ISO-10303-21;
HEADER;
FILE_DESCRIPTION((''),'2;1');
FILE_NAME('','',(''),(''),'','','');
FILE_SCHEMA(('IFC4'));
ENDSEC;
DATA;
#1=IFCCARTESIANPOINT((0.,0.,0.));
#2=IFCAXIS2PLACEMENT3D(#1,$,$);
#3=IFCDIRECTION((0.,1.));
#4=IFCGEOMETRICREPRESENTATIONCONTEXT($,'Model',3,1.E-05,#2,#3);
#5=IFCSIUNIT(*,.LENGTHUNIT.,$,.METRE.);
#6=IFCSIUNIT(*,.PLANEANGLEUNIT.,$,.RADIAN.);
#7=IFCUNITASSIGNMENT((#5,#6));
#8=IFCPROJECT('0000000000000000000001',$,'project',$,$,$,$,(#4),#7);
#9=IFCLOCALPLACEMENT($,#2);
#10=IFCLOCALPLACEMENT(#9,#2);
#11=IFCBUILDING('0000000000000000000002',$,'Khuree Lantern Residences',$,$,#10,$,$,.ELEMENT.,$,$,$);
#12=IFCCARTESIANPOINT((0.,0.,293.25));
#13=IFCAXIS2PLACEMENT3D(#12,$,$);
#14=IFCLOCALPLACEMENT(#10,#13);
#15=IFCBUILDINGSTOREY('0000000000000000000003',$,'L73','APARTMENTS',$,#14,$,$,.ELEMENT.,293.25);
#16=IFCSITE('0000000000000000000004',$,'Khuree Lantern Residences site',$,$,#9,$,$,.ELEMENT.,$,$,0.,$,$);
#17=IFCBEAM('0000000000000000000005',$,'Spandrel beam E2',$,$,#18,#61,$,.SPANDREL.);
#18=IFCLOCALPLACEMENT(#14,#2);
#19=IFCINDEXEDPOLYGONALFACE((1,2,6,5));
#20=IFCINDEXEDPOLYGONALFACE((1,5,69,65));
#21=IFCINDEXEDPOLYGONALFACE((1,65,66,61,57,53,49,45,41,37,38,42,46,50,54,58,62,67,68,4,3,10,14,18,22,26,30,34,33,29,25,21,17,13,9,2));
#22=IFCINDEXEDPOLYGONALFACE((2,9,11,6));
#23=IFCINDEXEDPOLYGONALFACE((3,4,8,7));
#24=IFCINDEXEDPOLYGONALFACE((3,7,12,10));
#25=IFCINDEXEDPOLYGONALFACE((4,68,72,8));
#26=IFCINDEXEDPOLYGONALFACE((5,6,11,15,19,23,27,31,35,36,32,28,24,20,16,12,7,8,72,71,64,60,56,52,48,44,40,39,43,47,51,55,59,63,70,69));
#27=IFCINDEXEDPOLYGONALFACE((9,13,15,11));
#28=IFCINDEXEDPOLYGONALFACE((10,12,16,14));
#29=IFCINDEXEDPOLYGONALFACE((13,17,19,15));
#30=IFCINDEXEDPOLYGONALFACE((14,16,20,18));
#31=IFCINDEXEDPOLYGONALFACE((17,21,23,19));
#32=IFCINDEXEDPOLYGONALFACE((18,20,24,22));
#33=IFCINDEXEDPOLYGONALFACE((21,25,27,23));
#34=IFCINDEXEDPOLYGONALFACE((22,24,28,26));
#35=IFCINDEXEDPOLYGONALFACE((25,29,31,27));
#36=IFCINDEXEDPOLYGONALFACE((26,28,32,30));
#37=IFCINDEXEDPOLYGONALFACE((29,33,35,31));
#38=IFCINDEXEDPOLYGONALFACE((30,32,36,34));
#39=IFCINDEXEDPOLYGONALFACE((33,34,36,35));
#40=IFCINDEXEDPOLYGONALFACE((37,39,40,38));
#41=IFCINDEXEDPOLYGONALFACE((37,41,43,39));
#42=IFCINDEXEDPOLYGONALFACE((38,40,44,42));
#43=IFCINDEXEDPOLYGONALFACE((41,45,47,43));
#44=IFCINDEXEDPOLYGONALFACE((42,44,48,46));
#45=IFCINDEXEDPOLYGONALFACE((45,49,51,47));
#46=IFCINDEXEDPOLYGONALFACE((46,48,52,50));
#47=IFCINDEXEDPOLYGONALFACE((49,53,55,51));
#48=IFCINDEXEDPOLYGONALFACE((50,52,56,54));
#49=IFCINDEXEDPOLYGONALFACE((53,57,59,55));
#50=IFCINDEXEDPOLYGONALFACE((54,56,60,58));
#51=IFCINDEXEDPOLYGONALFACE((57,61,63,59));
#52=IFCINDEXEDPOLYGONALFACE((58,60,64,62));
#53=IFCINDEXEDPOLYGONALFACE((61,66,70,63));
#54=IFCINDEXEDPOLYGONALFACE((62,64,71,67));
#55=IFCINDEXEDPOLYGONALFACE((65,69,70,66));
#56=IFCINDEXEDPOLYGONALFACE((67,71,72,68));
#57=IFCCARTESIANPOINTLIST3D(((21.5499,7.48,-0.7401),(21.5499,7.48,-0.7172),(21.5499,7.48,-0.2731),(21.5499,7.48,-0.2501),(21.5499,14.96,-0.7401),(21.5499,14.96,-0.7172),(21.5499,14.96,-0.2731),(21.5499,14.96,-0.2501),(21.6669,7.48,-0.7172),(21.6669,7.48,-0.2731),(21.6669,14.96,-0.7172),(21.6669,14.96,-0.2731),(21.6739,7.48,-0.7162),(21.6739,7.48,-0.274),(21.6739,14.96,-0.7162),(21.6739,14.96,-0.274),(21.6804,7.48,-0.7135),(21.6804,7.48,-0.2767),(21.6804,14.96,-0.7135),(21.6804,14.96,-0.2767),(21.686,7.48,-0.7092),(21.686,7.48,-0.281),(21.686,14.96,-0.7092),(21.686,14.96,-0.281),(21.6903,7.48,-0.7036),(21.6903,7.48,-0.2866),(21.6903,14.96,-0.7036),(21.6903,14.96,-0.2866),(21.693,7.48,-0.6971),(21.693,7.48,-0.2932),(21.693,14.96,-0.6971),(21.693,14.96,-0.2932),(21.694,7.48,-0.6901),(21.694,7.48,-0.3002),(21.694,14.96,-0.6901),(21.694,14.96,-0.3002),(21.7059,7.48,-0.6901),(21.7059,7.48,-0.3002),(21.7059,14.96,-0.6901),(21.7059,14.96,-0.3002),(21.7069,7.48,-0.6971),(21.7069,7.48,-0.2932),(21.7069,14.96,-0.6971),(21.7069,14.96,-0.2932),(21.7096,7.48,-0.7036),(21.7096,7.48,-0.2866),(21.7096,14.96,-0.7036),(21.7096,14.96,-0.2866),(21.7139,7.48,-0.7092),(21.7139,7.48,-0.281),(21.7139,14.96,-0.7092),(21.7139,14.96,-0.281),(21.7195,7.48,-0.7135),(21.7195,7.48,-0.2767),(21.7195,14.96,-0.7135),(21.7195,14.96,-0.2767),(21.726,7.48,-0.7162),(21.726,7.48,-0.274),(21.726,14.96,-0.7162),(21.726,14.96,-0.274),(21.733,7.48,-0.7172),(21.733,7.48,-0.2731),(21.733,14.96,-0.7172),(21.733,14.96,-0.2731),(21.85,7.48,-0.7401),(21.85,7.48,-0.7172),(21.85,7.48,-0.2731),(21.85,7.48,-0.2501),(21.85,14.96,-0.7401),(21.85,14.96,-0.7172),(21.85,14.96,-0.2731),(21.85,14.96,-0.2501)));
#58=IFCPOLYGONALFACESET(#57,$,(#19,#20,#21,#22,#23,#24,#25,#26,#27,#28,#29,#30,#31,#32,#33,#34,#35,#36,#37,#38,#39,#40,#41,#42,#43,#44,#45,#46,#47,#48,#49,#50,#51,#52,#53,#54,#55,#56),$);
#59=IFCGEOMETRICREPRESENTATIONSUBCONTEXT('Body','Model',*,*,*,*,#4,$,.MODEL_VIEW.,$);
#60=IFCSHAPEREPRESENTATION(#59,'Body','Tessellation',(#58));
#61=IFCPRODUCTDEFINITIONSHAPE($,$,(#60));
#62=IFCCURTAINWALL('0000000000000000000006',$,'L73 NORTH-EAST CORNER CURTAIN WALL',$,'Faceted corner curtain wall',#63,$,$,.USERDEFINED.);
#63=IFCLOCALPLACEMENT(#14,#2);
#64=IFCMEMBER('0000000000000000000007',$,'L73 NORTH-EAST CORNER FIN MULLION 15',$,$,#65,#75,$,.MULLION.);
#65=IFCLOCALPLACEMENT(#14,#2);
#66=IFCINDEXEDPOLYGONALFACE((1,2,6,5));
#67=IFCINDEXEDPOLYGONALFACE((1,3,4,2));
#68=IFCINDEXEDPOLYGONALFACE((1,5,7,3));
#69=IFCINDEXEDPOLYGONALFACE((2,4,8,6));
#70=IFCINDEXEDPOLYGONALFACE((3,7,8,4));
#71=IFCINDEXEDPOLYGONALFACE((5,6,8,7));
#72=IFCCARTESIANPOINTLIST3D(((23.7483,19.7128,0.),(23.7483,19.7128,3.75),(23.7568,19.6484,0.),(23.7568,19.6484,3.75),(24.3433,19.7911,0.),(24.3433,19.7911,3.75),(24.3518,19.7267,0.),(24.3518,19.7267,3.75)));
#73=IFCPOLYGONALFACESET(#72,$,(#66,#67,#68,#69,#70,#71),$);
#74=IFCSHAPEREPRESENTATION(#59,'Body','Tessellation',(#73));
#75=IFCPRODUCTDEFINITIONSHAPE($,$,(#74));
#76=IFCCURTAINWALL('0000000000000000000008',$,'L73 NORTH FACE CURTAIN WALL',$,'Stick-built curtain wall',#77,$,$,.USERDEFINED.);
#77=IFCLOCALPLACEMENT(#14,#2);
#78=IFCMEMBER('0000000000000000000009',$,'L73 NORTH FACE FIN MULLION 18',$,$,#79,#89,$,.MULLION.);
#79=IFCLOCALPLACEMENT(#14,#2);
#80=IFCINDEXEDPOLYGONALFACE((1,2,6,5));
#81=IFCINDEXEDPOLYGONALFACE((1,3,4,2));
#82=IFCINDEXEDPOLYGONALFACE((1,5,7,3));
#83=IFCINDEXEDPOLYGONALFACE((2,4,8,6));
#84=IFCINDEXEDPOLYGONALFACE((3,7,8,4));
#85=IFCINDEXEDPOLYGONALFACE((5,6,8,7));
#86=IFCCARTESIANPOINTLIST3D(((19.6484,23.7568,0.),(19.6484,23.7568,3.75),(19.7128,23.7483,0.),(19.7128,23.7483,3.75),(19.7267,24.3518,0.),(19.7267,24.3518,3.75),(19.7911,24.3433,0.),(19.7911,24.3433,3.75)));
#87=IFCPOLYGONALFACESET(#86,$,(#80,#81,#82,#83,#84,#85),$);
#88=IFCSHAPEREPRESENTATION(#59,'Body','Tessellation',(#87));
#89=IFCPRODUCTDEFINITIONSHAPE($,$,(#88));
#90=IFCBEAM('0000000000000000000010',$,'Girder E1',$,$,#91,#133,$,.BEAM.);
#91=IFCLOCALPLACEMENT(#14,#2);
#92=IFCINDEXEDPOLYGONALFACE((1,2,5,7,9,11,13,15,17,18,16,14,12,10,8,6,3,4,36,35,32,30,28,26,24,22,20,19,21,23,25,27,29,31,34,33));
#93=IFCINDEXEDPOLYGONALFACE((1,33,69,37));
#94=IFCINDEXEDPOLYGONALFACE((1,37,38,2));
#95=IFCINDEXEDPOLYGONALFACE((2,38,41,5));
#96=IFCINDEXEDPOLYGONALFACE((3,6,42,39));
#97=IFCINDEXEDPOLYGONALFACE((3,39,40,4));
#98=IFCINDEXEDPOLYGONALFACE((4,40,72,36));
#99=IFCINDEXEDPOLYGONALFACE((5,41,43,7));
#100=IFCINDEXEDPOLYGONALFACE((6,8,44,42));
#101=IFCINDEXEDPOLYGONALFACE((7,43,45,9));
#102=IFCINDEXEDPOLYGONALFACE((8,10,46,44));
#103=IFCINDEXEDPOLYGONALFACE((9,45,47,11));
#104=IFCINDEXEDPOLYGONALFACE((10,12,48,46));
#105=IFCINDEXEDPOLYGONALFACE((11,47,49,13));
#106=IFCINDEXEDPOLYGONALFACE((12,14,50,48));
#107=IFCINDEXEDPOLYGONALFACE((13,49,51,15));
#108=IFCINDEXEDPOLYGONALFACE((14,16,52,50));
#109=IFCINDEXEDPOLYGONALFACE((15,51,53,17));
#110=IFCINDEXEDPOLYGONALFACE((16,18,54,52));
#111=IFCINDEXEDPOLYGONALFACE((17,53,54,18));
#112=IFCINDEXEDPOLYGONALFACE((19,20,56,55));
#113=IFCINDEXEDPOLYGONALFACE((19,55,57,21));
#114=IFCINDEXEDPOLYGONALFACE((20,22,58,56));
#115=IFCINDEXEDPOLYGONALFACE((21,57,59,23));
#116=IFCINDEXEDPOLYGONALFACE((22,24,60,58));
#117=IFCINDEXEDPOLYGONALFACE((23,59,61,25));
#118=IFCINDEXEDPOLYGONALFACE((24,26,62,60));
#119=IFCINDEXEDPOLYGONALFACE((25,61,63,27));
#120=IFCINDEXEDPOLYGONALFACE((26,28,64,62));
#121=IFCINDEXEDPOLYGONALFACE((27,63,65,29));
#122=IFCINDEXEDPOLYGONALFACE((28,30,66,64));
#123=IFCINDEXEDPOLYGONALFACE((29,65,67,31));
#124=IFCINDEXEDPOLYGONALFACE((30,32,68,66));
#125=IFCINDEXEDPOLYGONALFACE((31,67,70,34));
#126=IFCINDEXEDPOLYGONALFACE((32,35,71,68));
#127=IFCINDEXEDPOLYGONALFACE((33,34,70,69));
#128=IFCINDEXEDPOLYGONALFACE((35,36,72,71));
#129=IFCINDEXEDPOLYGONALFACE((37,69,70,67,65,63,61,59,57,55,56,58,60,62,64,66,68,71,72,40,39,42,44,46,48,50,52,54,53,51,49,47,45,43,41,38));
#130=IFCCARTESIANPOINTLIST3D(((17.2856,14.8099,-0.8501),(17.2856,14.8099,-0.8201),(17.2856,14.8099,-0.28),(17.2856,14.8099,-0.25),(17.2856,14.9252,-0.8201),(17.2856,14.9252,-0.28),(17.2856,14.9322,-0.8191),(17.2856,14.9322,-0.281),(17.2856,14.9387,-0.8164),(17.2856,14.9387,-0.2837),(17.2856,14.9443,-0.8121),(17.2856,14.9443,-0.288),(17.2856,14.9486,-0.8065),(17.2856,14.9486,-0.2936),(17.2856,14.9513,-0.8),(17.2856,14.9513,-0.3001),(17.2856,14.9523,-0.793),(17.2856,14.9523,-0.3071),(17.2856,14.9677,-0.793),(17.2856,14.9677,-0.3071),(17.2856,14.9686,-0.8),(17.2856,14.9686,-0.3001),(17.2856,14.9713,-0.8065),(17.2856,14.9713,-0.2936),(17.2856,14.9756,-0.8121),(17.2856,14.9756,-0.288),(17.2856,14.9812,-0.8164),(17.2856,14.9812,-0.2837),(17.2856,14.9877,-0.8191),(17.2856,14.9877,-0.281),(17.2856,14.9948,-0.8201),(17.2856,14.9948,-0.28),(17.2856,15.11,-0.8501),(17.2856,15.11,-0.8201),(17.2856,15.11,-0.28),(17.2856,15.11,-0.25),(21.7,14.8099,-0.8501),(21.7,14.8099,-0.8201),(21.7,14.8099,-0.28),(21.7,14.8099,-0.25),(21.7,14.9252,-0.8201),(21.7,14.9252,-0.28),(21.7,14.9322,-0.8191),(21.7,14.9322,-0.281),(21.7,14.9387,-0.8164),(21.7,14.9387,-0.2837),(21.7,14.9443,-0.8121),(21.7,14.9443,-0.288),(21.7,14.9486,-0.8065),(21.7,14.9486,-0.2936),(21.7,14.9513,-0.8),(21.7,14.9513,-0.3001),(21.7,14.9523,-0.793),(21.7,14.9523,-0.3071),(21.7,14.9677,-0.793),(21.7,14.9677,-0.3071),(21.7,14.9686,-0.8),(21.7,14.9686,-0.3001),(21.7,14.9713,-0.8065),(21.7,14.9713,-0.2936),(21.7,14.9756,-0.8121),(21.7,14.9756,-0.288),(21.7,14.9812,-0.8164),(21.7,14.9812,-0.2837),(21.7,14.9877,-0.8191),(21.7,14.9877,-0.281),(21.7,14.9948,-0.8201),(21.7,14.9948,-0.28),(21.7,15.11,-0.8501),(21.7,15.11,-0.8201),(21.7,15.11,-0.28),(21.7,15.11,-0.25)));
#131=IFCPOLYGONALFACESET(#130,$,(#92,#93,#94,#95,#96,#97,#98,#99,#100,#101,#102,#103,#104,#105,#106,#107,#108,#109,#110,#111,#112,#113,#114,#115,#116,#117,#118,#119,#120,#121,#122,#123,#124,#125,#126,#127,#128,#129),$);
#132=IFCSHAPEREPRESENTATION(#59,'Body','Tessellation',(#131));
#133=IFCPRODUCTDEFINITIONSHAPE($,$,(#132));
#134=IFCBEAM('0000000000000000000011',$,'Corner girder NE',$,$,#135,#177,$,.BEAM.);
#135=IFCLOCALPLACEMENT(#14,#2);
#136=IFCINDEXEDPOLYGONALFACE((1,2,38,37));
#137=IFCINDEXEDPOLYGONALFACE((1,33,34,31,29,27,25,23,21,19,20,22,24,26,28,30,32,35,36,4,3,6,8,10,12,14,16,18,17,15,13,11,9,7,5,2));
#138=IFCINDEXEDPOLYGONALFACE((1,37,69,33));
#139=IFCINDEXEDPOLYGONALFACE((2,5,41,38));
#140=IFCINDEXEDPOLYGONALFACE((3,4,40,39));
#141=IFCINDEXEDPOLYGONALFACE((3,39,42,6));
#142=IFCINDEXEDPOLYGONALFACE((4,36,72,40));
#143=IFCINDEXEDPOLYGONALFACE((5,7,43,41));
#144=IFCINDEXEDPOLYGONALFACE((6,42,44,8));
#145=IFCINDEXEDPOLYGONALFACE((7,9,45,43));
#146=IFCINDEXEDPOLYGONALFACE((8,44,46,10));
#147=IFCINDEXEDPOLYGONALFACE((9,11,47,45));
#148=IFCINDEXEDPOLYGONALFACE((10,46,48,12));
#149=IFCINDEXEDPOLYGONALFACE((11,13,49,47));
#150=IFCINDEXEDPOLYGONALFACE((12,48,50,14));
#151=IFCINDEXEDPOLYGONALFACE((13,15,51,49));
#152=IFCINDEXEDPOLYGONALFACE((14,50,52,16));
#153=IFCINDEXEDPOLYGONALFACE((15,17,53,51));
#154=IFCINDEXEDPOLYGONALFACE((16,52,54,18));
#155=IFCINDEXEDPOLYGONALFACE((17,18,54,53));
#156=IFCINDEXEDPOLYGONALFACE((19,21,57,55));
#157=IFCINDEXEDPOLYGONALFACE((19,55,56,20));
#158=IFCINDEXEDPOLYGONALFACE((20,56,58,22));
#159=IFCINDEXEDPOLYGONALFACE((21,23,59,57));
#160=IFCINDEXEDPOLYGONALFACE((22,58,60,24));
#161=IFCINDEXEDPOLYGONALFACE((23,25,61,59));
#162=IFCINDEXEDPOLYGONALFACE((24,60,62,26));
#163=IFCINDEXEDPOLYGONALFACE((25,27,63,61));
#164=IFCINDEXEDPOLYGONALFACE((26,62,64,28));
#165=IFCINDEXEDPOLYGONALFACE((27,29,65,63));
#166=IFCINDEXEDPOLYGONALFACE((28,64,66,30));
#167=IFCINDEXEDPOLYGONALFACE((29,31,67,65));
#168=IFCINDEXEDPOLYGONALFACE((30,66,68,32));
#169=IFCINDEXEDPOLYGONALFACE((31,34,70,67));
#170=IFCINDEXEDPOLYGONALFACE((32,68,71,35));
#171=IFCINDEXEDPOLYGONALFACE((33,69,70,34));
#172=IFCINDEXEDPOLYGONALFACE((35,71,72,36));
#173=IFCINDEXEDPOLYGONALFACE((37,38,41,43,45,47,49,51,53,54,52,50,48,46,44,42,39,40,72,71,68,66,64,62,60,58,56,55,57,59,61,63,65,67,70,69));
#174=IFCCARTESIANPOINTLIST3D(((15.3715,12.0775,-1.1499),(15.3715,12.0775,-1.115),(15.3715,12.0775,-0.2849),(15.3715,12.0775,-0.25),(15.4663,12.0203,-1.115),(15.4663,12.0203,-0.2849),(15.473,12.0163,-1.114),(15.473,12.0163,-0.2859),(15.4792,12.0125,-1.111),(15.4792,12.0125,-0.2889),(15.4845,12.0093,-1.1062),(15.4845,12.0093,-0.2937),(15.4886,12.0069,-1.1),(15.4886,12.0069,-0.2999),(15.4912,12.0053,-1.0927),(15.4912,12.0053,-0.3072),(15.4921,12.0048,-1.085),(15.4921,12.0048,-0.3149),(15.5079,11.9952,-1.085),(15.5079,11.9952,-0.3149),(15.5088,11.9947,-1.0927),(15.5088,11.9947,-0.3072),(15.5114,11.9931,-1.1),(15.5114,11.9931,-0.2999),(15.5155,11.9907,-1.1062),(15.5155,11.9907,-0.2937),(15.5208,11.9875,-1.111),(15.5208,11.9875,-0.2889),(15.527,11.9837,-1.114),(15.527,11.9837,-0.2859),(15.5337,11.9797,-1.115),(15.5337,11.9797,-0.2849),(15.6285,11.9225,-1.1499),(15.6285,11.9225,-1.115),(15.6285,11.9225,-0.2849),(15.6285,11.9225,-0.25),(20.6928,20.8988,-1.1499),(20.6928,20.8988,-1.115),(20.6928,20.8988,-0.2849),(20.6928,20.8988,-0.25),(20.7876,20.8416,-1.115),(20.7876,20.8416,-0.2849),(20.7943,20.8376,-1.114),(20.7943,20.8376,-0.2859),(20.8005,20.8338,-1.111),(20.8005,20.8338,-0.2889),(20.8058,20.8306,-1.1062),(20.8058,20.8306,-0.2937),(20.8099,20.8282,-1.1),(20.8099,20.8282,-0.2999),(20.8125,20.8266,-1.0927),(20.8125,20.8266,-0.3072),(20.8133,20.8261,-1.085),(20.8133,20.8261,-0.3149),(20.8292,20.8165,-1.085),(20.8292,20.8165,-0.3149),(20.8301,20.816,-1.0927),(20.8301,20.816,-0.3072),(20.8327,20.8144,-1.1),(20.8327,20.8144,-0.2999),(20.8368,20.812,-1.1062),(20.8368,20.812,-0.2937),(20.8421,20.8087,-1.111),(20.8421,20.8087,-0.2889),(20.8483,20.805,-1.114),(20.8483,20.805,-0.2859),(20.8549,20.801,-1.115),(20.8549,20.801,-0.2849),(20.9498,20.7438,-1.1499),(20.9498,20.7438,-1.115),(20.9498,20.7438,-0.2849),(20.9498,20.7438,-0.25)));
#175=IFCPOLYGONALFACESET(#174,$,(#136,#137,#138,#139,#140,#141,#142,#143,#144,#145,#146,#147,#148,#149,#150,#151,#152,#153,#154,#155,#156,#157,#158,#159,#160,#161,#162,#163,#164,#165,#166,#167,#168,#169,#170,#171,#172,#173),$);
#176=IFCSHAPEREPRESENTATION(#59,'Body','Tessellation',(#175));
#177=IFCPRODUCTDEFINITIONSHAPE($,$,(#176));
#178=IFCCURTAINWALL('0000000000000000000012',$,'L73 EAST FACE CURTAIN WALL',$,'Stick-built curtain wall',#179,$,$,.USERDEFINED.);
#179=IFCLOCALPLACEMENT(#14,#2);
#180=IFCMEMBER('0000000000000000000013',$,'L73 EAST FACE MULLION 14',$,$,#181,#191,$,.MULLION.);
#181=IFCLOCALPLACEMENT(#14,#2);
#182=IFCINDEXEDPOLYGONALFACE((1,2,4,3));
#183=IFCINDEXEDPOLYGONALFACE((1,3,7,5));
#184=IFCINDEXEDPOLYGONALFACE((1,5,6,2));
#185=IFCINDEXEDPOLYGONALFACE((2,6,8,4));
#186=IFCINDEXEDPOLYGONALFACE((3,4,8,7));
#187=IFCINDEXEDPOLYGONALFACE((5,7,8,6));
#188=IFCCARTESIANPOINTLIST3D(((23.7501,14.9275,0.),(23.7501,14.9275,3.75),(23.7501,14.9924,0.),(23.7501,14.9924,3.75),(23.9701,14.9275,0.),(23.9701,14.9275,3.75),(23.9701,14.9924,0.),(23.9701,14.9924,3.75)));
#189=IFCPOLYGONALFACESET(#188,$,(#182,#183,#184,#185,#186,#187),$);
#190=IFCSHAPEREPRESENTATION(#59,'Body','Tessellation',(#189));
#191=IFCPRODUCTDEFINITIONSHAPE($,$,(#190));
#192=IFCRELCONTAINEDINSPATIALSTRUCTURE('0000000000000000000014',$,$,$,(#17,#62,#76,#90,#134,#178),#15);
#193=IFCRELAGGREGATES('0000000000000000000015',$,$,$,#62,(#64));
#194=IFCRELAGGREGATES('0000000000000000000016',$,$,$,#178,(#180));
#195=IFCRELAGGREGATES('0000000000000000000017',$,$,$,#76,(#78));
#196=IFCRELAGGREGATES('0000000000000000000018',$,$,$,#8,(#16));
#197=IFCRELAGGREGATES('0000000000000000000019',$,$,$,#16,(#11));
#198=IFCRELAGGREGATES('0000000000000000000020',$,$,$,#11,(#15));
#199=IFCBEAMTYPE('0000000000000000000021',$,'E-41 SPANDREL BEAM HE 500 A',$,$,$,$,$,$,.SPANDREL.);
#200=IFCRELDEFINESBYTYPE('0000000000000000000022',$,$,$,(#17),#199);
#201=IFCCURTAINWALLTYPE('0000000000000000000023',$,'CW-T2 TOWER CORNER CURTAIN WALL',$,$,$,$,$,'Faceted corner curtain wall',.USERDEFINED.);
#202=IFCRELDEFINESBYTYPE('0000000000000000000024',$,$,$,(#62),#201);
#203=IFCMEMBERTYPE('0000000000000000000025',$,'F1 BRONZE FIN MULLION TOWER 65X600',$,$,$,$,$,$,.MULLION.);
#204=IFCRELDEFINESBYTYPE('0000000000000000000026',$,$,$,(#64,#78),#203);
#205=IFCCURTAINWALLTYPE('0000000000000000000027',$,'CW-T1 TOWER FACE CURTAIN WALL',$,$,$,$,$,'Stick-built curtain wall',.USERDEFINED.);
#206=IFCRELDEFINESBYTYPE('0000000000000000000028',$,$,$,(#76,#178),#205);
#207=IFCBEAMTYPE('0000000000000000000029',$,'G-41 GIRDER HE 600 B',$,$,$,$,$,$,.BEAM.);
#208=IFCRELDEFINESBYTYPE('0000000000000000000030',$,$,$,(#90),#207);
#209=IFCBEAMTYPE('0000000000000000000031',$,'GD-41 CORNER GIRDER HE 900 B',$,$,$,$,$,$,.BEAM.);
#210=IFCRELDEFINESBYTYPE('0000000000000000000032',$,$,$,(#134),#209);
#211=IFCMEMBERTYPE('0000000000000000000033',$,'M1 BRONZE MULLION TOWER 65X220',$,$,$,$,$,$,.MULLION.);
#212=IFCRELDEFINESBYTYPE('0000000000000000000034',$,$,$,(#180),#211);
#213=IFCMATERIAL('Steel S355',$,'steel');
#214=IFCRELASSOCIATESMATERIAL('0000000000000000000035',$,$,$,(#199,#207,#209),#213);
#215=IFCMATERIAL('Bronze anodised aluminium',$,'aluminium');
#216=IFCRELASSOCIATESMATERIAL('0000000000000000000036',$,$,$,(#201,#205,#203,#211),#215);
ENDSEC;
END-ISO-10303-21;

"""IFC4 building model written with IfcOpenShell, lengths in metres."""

from ifc_helpers import new_model, si_unit, direction, frame, origin, origin_2d, place, context, subcontext, project, spatial, rectangle, i_section, extrude, material, material_profile, profile_set, type_object, element, aggregate, save


model = new_model("IFC4")

# Units and contexts
model_context = context("Model", 3, precision=1e-05, world=origin(), true_north=direction((0.0, 1.0)))
body_context = subcontext(model_context, "Body", "Model", "MODEL_VIEW")
ifc_project = project(units=[si_unit("LENGTHUNIT", "METRE"), si_unit("PLANEANGLEUNIT", "RADIAN")], contexts=[model_context])

# Site, building, storey
site_placement = place(None, origin())
site = spatial("IfcSite", under=ifc_project, at=site_placement, Name="Khuree Lantern Residences site", CompositionType="ELEMENT", RefElevation=0.0)
building_placement = place(site_placement, origin())
building = spatial("IfcBuilding", under=site, at=building_placement, Name="Khuree Lantern Residences", CompositionType="ELEMENT")
storey_placement = place(building_placement, frame((0.0, 0.0, 293.25)))
storey = spatial("IfcBuildingStorey", under=building, at=storey_placement, Name="L73", Description="APARTMENTS", CompositionType="ELEMENT", Elevation=293.25)

# Beam
ifc_material_1 = material(Name="Steel S355", Category="steel")
ifc_material_profile_1 = material_profile(ifc_material_1, i_section(OverallWidth=0.3, OverallDepth=0.49, WebThickness=0.012, FlangeThickness=0.0229, FilletRadius=0.0271, at=origin_2d()), Name="HE 500 A")
ifc_profile_set_1 = profile_set([ifc_material_profile_1], Name="Steel S355")
beam_type_1 = type_object("IfcBeamType", Name="E-41 SPANDREL BEAM HE 500 A", PredefinedType="SPANDREL", material=ifc_profile_set_1)
beam_1_placement = place(storey_placement, frame((21.7, 14.96, -0.4951), z_axis=(0.0, -1.0, 0.0), x_axis=(1.0, 0.0, 0.0)))
element("IfcBeam", 1, at=beam_1_placement, inside=storey, type_object=beam_type_1, Name="Spandrel beam E2", PredefinedType="SPANDREL", context=body_context, shape_type="SweptSolid", body=[
    extrude(i_section(OverallWidth=0.3, OverallDepth=0.49, WebThickness=0.012, FlangeThickness=0.0229, FilletRadius=0.0271, at=origin_2d()), origin(), (0.0, 0.0, 1.0), 7.48),
])

# Curtain walls, members
ifc_material_2 = material(Name="Bronze anodised aluminium", Category="aluminium")
curtain_wall_type_1 = type_object("IfcCurtainWallType", Name="CW-T2 TOWER CORNER CURTAIN WALL", ElementType="Faceted corner curtain wall", PredefinedType="USERDEFINED", material=ifc_material_2)
curtain_wall_1_placement = place(storey_placement, origin())
curtain_wall_1 = element("IfcCurtainWall", 2, at=curtain_wall_1_placement, inside=storey, type_object=curtain_wall_type_1, Name="L73 NORTH-EAST CORNER CURTAIN WALL", ObjectType="Faceted corner curtain wall", PredefinedType="USERDEFINED")
ifc_material_profile_2 = material_profile(ifc_material_2, rectangle(XDim=0.0649, YDim=0.6001, at=origin_2d()), Name="F1 65X600")
ifc_profile_set_2 = profile_set([ifc_material_profile_2], Name="Bronze anodised aluminium")
member_type_1 = type_object("IfcMemberType", Name="F1 BRONZE FIN MULLION TOWER 65X600", PredefinedType="MULLION", material=ifc_profile_set_2)
member_1_placement = place(storey_placement, frame((24.05, 19.7197, 0.0), z_axis=(0.0, 0.0, 1.0), x_axis=(-0.130526, 0.991445, 0.0)))
member_1 = element("IfcMember", 3, at=member_1_placement, type_object=member_type_1, Name="L73 NORTH-EAST CORNER FIN MULLION 15", PredefinedType="MULLION", context=body_context, shape_type="SweptSolid", body=[
    extrude(rectangle(XDim=0.0649, YDim=0.6001, at=origin_2d()), origin(), (0.0, 0.0, 1.0), 3.75),
])
curtain_wall_type_2 = type_object("IfcCurtainWallType", Name="CW-T1 TOWER FACE CURTAIN WALL", ElementType="Stick-built curtain wall", PredefinedType="USERDEFINED", material=ifc_material_2)
curtain_wall_2_placement = place(storey_placement, origin())
curtain_wall_2 = element("IfcCurtainWall", 4, at=curtain_wall_2_placement, inside=storey, type_object=curtain_wall_type_2, Name="L73 NORTH FACE CURTAIN WALL", ObjectType="Stick-built curtain wall", PredefinedType="USERDEFINED")
member_2_placement = place(storey_placement, frame((19.7197, 24.05, 0.0), z_axis=(0.0, 0.0, 1.0), x_axis=(-0.991445, 0.130526, 0.0)))
member_2 = element("IfcMember", 5, at=member_2_placement, type_object=member_type_1, Name="L73 NORTH FACE FIN MULLION 18", PredefinedType="MULLION", context=body_context, shape_type="SweptSolid", body=[
    extrude(rectangle(XDim=0.0649, YDim=0.6001, at=origin_2d()), origin(), (0.0, 0.0, 1.0), 3.75),
])

# Beams
ifc_material_profile_3 = material_profile(ifc_material_1, i_section(OverallWidth=0.3, OverallDepth=0.6001, WebThickness=0.0154, FlangeThickness=0.03, FilletRadius=0.0271, at=origin_2d()), Name="HE 600 B")
ifc_profile_set_3 = profile_set([ifc_material_profile_3], Name="Steel S355")
beam_type_2 = type_object("IfcBeamType", Name="G-41 GIRDER HE 600 B", PredefinedType="BEAM", material=ifc_profile_set_3)
beam_2_placement = place(storey_placement, frame((21.7, 14.96, -0.55), z_axis=(-1.0, 0.0, 0.0), x_axis=(0.0, -1.0, 0.0)))
element("IfcBeam", 6, at=beam_2_placement, inside=storey, type_object=beam_type_2, Name="Girder E1", PredefinedType="BEAM", context=body_context, shape_type="SweptSolid", body=[
    extrude(i_section(OverallWidth=0.3, OverallDepth=0.6001, WebThickness=0.0154, FlangeThickness=0.03, FilletRadius=0.0271, at=origin_2d()), origin(), (0.0, 0.0, 1.0), 4.4143),
])
ifc_material_profile_4 = material_profile(ifc_material_1, i_section(OverallWidth=0.3, OverallDepth=0.8999, WebThickness=0.0186, FlangeThickness=0.0349, FilletRadius=0.03, at=origin_2d()), Name="HE 900 B")
ifc_profile_set_4 = profile_set([ifc_material_profile_4], Name="Steel S355")
beam_type_3 = type_object("IfcBeamType", Name="GD-41 CORNER GIRDER HE 900 B", PredefinedType="BEAM", material=ifc_profile_set_4)
beam_3_placement = place(storey_placement, frame((20.8213, 20.8213, -0.7), z_axis=(-0.51653, -0.856269, 0.0), x_axis=(0.856269, -0.51653, 0.0)))
element("IfcBeam", 7, at=beam_3_placement, inside=storey, type_object=beam_type_3, Name="Corner girder NE", PredefinedType="BEAM", context=body_context, shape_type="SweptSolid", body=[
    extrude(i_section(OverallWidth=0.3, OverallDepth=0.8999, WebThickness=0.0186, FlangeThickness=0.0349, FilletRadius=0.03, at=origin_2d()), origin(), (0.0, 0.0, 1.0), 10.302),
])

# Curtain wall, member
curtain_wall_3_placement = place(storey_placement, origin())
curtain_wall_3 = element("IfcCurtainWall", 8, at=curtain_wall_3_placement, inside=storey, type_object=curtain_wall_type_2, Name="L73 EAST FACE CURTAIN WALL", ObjectType="Stick-built curtain wall", PredefinedType="USERDEFINED")
ifc_material_profile_5 = material_profile(ifc_material_2, rectangle(XDim=0.0649, YDim=0.22, at=origin_2d()), Name="M1 65X220")
ifc_profile_set_5 = profile_set([ifc_material_profile_5], Name="Bronze anodised aluminium")
member_type_2 = type_object("IfcMemberType", Name="M1 BRONZE MULLION TOWER 65X220", PredefinedType="MULLION", material=ifc_profile_set_5)
member_3_placement = place(storey_placement, frame((23.8601, 14.96, 0.0), z_axis=(0.0, 0.0, 1.0), x_axis=(0.0, 1.0, 0.0)))
member_3 = element("IfcMember", 9, at=member_3_placement, type_object=member_type_2, Name="L73 EAST FACE MULLION 14", PredefinedType="MULLION", context=body_context, shape_type="SweptSolid", body=[
    extrude(rectangle(XDim=0.0649, YDim=0.22, at=origin_2d()), origin(), (0.0, 0.0, 1.0), 3.75),
])

aggregate(curtain_wall_1, [member_1])
aggregate(curtain_wall_3, [member_3])
aggregate(curtain_wall_2, [member_2])

save(model, "model.ifc")
